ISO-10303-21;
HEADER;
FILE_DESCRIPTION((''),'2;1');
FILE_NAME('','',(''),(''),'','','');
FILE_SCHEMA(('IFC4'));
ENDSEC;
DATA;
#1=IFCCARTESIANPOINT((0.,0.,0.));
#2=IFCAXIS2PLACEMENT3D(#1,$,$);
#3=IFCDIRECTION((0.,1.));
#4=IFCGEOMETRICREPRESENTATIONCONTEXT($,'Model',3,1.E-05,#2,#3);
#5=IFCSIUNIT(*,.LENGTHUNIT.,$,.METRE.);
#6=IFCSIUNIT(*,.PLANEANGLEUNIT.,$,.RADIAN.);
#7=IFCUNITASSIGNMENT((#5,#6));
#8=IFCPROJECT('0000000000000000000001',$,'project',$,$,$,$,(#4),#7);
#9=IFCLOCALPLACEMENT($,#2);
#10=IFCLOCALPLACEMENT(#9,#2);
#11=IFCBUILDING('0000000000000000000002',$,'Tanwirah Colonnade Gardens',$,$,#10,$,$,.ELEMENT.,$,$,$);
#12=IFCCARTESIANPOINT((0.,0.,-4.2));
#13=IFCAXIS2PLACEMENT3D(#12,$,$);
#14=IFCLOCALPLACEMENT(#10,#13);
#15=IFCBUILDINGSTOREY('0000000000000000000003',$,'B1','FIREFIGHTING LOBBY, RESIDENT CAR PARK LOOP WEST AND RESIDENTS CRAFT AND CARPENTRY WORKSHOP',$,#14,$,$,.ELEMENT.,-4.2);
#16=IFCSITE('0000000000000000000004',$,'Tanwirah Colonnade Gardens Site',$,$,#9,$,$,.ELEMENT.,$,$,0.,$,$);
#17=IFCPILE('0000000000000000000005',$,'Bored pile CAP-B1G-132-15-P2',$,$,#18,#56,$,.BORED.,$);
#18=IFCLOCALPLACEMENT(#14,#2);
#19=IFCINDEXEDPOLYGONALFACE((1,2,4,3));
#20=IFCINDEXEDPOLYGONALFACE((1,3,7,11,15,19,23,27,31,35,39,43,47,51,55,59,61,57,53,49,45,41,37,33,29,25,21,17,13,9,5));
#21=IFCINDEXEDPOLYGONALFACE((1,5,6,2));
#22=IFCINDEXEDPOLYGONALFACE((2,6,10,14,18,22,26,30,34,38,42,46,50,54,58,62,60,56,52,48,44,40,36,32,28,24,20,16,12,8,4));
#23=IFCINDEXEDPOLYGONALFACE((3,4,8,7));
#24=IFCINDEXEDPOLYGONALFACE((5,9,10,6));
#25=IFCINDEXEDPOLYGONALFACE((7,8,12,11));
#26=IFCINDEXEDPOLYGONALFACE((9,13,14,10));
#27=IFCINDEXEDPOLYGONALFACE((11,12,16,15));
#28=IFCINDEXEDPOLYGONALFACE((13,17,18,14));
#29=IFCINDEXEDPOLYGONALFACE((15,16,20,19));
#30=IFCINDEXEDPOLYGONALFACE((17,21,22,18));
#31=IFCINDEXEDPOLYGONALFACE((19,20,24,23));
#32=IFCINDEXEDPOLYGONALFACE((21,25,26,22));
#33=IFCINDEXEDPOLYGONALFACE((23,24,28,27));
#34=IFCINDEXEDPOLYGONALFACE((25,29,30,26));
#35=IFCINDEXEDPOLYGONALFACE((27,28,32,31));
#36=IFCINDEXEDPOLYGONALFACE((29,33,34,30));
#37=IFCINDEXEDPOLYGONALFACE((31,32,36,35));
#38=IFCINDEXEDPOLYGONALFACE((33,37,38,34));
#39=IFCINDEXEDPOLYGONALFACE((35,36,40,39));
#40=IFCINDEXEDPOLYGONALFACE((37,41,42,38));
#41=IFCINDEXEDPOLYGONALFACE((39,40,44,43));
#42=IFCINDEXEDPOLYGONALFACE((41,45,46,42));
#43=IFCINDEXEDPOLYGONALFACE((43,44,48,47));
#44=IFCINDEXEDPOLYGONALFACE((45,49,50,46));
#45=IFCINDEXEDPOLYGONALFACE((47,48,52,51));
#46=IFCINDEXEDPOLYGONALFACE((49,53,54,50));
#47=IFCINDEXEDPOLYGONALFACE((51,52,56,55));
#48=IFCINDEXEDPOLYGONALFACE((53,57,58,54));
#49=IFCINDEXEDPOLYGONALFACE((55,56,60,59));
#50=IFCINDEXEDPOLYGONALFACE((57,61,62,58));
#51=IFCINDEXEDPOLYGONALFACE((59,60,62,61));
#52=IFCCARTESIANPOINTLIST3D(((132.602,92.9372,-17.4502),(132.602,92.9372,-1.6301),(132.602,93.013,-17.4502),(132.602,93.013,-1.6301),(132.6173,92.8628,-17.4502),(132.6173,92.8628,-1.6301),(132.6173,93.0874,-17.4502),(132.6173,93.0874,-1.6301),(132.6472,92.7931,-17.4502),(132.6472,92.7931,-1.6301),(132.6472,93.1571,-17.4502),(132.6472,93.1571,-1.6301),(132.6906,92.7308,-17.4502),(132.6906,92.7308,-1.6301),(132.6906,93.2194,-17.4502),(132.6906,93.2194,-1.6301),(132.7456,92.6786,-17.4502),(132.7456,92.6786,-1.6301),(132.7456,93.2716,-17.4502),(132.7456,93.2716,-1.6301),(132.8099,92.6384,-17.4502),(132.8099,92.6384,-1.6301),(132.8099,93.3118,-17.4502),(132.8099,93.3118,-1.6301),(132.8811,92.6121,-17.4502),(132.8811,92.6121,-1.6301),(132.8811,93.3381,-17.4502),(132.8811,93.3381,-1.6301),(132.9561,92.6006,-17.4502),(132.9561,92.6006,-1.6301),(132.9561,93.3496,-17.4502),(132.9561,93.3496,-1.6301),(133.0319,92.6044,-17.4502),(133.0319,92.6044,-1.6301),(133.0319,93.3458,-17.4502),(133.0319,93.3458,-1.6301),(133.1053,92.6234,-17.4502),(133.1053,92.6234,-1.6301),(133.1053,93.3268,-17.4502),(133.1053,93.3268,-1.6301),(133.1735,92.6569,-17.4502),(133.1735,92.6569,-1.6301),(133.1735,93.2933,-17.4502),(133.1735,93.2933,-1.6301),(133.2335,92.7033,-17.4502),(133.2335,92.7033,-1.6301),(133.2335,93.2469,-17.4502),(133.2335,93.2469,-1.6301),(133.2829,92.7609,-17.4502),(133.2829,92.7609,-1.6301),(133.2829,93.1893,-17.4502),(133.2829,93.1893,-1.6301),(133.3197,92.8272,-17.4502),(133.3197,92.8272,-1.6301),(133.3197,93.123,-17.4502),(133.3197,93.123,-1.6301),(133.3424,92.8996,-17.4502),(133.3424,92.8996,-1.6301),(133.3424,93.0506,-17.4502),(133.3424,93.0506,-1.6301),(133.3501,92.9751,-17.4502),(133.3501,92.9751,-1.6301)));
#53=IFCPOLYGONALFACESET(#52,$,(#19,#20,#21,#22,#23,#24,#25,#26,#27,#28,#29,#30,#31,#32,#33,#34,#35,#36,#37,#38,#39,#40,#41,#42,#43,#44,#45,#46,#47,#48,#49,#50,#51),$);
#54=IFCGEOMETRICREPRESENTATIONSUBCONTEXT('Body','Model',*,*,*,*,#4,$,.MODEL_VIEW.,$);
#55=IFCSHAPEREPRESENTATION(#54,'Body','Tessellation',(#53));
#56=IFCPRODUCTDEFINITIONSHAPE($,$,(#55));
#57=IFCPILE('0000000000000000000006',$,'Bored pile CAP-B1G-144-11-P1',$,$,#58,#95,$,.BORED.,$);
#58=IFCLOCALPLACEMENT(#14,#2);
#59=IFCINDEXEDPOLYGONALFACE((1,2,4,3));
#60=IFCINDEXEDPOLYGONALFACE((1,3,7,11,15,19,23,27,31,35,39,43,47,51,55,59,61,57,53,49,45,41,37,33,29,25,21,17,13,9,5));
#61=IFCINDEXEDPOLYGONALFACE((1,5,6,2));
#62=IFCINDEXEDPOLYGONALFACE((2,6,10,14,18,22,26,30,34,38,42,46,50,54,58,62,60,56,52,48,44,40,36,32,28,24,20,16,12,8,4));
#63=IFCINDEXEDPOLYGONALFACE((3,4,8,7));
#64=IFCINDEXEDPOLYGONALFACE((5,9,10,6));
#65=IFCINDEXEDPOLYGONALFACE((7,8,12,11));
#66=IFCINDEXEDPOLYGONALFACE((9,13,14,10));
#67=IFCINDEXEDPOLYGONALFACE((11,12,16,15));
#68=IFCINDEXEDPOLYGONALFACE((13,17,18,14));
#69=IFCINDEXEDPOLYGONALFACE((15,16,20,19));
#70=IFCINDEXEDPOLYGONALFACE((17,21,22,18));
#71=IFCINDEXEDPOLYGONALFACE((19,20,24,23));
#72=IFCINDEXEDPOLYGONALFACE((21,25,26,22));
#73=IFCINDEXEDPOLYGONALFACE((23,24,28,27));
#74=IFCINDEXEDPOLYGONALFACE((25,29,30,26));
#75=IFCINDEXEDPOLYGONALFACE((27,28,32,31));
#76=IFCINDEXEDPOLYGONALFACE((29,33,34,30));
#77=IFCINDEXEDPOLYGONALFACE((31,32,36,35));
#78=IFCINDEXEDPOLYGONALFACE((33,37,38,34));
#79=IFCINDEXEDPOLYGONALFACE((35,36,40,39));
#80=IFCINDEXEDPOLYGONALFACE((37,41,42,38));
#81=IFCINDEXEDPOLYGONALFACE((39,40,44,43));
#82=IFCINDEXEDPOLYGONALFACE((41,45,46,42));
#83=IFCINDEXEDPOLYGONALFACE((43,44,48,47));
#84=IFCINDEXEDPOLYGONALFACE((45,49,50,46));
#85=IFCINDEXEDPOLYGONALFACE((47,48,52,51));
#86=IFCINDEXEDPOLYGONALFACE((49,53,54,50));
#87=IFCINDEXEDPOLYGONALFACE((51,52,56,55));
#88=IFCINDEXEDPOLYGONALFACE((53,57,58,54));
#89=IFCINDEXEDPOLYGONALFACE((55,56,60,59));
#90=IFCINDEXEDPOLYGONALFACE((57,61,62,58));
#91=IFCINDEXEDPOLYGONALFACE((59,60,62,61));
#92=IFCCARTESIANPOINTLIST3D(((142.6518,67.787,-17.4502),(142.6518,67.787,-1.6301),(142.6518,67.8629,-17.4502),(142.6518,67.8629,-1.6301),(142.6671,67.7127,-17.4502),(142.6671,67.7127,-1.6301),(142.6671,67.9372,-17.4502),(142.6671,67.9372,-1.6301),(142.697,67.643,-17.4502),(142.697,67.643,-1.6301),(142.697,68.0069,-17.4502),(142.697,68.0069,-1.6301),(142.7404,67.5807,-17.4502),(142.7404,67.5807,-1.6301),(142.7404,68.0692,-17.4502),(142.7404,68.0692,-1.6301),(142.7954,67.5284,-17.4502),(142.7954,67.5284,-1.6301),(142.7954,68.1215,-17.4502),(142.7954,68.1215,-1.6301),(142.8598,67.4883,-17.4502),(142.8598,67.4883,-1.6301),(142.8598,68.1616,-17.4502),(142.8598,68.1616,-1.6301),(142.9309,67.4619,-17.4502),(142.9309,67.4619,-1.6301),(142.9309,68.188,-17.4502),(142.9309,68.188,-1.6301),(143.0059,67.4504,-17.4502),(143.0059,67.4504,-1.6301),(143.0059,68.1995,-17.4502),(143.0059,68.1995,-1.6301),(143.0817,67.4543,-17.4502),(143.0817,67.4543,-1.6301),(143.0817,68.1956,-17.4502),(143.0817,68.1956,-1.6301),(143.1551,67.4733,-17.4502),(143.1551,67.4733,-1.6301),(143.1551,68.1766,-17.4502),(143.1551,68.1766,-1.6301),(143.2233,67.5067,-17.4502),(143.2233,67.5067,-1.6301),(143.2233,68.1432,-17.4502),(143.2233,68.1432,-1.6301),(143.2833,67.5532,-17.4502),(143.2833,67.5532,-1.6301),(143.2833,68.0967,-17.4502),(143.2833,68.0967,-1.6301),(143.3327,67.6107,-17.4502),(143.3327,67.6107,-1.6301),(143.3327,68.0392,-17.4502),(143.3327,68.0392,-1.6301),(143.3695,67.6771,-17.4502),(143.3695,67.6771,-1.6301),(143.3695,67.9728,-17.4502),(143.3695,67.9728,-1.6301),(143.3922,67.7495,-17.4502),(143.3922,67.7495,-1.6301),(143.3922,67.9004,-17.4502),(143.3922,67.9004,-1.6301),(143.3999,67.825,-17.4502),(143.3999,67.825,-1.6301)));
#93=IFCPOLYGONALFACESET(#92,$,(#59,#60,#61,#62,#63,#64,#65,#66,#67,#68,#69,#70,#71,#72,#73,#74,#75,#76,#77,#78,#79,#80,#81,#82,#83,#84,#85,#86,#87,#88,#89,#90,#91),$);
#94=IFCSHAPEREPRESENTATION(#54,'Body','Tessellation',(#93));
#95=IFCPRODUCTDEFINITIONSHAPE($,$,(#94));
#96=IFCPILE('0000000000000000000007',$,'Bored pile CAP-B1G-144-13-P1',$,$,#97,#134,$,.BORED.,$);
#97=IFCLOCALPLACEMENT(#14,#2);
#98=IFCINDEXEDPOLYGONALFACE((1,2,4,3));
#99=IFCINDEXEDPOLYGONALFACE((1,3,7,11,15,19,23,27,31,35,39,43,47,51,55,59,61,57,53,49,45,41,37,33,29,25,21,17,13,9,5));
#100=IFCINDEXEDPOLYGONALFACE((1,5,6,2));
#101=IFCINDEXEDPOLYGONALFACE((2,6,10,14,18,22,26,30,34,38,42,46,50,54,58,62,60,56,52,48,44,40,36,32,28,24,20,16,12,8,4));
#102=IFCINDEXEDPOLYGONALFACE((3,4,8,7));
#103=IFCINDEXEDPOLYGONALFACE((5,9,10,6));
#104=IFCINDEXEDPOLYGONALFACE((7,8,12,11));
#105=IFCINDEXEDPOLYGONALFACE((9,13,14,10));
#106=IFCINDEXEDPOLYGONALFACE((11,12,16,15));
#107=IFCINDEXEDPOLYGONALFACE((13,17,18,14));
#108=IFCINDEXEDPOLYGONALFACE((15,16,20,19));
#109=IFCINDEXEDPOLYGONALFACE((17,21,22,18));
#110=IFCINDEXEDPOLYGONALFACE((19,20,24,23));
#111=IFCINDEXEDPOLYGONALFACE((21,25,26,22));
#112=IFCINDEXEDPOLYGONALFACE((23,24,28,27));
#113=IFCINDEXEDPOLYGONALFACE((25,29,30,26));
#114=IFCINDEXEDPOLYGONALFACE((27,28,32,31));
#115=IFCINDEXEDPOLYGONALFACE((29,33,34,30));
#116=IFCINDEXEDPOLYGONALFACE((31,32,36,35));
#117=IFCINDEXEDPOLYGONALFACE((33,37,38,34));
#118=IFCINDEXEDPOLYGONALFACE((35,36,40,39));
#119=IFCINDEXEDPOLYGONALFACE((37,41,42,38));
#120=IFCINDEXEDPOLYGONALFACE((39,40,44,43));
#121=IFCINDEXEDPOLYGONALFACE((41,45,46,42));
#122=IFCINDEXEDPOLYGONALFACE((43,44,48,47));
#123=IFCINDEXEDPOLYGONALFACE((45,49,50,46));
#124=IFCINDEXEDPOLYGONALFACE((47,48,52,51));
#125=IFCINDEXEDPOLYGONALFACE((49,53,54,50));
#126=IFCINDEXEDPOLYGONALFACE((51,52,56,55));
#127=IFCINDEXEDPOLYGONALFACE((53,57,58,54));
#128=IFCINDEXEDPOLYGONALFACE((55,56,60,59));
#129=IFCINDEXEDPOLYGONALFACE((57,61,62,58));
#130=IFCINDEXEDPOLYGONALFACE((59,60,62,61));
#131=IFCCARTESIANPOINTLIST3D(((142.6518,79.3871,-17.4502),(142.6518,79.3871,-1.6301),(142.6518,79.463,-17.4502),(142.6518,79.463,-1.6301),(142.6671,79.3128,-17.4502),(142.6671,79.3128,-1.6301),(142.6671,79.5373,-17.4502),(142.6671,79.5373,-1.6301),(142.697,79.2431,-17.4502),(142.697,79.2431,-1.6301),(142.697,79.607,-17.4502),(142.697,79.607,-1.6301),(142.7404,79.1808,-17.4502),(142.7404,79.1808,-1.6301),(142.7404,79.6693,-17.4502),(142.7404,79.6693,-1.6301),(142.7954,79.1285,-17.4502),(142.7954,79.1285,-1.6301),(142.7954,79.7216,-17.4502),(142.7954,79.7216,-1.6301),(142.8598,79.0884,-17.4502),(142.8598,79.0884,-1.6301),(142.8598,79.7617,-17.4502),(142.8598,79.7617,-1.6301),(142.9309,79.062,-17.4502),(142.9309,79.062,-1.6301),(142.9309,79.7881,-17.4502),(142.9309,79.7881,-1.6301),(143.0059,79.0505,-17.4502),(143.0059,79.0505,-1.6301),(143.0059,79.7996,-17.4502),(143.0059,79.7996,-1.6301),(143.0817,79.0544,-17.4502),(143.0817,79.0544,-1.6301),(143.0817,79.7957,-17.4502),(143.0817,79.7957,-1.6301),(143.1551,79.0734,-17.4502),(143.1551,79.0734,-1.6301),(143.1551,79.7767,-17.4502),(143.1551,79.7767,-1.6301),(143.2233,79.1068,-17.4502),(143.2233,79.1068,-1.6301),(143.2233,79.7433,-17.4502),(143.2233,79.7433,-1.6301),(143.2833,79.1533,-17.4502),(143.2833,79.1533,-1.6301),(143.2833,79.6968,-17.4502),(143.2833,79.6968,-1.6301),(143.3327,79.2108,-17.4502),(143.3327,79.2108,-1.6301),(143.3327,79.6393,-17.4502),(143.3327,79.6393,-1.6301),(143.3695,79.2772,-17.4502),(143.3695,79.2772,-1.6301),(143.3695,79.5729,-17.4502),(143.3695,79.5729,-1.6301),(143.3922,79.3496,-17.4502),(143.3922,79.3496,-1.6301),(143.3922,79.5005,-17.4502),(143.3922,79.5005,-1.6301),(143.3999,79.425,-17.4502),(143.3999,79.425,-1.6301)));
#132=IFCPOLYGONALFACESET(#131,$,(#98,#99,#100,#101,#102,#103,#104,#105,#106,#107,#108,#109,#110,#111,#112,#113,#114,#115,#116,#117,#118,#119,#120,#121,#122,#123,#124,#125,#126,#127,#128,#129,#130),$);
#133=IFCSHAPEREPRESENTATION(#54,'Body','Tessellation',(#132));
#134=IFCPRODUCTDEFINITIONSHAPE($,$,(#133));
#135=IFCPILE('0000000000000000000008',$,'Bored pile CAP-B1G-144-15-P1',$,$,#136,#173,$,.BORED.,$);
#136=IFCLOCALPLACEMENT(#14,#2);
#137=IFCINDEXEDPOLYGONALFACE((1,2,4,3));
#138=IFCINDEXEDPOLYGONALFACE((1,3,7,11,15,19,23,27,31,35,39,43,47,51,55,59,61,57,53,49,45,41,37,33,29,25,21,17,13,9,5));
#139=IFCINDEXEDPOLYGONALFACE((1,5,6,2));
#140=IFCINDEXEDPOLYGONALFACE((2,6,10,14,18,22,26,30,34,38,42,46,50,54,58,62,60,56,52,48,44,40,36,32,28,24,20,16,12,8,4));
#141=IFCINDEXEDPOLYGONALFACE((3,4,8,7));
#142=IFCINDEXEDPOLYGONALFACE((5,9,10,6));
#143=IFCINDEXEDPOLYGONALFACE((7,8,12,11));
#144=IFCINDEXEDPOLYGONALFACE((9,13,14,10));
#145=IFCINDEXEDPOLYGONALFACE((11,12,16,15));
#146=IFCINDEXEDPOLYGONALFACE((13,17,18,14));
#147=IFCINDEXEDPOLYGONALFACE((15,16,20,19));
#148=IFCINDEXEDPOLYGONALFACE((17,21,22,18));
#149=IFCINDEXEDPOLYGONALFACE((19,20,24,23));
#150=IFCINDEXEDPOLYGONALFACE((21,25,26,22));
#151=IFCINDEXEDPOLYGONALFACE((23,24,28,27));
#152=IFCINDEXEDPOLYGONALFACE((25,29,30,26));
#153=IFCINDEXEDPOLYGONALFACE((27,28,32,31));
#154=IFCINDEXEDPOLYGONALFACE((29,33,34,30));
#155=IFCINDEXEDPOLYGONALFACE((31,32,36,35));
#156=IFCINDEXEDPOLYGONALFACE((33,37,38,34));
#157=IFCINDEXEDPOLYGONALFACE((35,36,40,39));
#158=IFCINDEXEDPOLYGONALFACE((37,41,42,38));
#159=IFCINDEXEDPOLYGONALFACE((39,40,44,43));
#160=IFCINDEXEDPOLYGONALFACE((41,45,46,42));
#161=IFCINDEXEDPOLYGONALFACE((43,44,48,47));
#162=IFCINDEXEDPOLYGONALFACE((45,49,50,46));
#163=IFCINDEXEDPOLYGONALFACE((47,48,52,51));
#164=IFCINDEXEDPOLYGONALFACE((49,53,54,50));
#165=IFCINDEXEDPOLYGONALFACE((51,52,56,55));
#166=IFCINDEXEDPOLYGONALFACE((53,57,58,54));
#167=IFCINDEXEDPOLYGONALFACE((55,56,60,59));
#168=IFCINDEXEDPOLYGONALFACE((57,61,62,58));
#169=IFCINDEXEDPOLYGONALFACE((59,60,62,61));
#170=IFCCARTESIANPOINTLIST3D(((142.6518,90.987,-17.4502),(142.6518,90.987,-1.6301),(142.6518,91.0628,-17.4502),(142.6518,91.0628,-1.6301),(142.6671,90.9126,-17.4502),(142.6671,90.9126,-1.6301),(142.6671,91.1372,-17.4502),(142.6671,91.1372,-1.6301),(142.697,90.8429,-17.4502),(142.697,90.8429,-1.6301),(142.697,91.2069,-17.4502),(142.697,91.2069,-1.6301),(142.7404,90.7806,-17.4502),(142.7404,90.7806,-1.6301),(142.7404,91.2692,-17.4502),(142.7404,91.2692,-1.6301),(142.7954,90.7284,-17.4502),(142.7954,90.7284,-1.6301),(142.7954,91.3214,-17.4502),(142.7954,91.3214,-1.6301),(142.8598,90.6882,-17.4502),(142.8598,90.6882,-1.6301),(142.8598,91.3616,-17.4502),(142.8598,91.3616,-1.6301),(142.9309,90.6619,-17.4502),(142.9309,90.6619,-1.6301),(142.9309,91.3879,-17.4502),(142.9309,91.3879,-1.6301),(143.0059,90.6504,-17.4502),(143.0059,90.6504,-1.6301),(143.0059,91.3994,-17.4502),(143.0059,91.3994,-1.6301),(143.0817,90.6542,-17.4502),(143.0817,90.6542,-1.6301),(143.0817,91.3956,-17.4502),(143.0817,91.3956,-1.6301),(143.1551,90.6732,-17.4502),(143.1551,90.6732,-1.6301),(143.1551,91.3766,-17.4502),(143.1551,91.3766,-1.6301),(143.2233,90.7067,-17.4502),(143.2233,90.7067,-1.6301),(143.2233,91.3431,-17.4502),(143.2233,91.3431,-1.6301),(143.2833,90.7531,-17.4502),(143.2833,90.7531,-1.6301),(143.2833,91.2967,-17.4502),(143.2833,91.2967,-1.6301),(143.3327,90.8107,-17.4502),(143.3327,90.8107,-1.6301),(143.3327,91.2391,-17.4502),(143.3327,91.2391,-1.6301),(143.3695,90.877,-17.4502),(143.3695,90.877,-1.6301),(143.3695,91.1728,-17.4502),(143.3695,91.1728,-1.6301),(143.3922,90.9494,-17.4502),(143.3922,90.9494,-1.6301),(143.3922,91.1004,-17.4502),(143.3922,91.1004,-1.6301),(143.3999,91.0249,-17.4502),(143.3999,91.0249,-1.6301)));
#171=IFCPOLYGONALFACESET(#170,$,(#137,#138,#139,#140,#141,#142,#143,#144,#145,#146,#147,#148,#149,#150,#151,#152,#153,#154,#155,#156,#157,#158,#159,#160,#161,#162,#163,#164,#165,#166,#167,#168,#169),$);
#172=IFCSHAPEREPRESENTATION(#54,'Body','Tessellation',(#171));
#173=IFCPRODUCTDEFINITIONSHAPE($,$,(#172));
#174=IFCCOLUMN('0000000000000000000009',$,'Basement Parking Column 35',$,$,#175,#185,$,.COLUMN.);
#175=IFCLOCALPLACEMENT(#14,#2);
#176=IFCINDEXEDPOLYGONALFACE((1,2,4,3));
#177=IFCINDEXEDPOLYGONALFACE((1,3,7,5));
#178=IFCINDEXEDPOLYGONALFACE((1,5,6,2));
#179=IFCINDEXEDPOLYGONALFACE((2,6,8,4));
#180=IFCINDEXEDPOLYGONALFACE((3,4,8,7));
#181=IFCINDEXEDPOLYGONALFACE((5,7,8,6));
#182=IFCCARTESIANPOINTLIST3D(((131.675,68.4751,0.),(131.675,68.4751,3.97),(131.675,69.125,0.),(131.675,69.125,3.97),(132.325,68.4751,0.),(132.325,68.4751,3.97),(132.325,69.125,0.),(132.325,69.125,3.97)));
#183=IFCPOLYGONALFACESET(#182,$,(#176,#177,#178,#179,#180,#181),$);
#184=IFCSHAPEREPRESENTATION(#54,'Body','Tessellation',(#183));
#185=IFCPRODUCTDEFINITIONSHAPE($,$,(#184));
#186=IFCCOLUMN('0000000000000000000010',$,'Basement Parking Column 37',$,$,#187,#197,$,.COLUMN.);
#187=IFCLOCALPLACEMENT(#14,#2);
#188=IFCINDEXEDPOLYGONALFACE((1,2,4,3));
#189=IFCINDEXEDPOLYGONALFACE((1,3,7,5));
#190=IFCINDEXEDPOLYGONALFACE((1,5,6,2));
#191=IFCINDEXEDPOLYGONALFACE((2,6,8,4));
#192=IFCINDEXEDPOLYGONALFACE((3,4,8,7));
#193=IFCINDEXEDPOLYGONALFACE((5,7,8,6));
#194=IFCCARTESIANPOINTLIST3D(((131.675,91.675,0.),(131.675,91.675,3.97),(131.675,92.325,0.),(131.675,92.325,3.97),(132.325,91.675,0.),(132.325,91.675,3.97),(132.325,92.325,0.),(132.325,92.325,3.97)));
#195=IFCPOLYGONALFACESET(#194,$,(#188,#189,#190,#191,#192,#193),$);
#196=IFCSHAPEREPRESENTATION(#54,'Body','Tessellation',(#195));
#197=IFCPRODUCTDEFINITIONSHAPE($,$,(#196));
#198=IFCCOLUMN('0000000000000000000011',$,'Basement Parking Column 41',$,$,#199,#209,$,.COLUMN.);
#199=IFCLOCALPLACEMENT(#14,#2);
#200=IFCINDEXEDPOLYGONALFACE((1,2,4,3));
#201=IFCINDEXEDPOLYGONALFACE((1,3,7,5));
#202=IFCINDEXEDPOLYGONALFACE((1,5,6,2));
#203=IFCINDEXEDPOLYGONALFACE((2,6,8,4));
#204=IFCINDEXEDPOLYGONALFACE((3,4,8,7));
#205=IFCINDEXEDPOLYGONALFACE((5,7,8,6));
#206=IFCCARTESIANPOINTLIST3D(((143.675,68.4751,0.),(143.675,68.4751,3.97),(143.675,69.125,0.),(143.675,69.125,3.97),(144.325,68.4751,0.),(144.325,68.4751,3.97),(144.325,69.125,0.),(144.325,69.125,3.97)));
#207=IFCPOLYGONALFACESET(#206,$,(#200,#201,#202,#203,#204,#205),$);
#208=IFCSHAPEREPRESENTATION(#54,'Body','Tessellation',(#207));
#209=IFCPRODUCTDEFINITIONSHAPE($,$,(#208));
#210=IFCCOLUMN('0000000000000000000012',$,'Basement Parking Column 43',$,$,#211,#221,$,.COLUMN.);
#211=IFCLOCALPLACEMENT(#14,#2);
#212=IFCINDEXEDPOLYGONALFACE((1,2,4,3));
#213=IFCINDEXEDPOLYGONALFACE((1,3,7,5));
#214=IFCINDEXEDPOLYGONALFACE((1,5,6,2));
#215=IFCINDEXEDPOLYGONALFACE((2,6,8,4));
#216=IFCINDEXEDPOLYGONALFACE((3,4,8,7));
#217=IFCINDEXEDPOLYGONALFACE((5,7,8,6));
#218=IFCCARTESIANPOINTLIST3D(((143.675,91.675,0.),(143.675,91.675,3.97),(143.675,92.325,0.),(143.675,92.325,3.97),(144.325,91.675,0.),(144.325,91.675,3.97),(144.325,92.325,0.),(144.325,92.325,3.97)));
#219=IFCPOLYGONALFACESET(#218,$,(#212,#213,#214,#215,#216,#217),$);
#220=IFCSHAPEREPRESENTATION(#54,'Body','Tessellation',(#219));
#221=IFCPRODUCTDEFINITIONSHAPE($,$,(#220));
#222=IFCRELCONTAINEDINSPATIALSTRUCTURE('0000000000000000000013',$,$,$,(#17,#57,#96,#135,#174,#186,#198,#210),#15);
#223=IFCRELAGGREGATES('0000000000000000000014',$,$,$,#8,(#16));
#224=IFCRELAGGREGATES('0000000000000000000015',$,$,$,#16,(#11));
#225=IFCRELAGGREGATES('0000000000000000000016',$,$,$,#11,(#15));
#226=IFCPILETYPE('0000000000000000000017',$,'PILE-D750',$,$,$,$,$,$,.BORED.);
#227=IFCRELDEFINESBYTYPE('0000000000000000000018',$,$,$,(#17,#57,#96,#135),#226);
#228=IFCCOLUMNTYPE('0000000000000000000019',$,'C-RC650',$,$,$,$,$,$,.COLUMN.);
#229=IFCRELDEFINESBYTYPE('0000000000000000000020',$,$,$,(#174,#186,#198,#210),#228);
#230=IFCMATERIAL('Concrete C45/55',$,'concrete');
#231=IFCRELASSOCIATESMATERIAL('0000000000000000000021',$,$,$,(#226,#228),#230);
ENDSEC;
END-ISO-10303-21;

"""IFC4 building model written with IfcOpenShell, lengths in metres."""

from ifc_helpers import new_model, si_unit, direction, frame, origin, origin_2d, place, context, subcontext, project, spatial, rectangle, circle, extrude, material, material_profile, profile_set, type_object, element, save


model = new_model("IFC4")

# Units and contexts
model_context = context("Model", 3, precision=1e-05, world=origin(), true_north=direction((0.0, 1.0)))
body_context = subcontext(model_context, "Body", "Model", "MODEL_VIEW")
ifc_project = project(units=[si_unit("LENGTHUNIT", "METRE"), si_unit("PLANEANGLEUNIT", "RADIAN")], contexts=[model_context])

# Site, building, storey
site_placement = place(None, origin())
site = spatial("IfcSite", under=ifc_project, at=site_placement, Name="Tanwirah Colonnade Gardens Site", CompositionType="ELEMENT", RefElevation=0.0)
building_placement = place(site_placement, origin())
building = spatial("IfcBuilding", under=site, at=building_placement, Name="Tanwirah Colonnade Gardens", CompositionType="ELEMENT")
storey_placement = place(building_placement, frame((0.0, 0.0, -4.2)))
storey = spatial("IfcBuildingStorey", under=building, at=storey_placement, Name="B1", Description="FIREFIGHTING LOBBY, RESIDENT CAR PARK LOOP WEST AND RESIDENTS CRAFT AND CARPENTRY WORKSHOP", CompositionType="ELEMENT", Elevation=-4.2)

# Shared definitions
ifc_material_1 = material(Name="Concrete C45/55", Category="concrete")

# Piles
ifc_material_profile_1 = material_profile(ifc_material_1, circle(Radius=0.375, at=origin_2d()), Name="PILE D750")
ifc_profile_set_1 = profile_set([ifc_material_profile_1], Name="Concrete C45/55")
pile_type_1 = type_object("IfcPileType", Name="PILE-D750", PredefinedType="BORED", material=ifc_profile_set_1)
for number, where, z_axis, x_axis, name in (
    (1, (132.9751, 92.9751, -1.6301), (0.0, 0.0, -1.0), (1.0, 0.0, 0.0), "Bored pile CAP-B1G-132-15-P2"),
    (2, (143.0249, 67.825, -1.6301), (0.0, 0.0, -1.0), (1.0, 0.0, 0.0), "Bored pile CAP-B1G-144-11-P1"),
    (3, (143.0249, 79.425, -1.6301), (0.0, 0.0, -1.0), (1.0, 0.0, 0.0), "Bored pile CAP-B1G-144-13-P1"),
    (4, (143.0249, 91.0249, -1.6301), (0.0, 0.0, -1.0), (1.0, 0.0, 0.0), "Bored pile CAP-B1G-144-15-P1"),
):
    element("IfcPile", number, at=place(storey_placement, frame(where, z_axis=z_axis, x_axis=x_axis)), inside=storey, type_object=pile_type_1, Name=name, PredefinedType="BORED", context=body_context, shape_type="SweptSolid", body=[
        extrude(circle(Radius=0.375, at=origin_2d()), origin(), (0.0, 0.0, 1.0), 15.8201),
    ])

# Columns
ifc_material_profile_2 = material_profile(ifc_material_1, rectangle(XDim=0.6499, YDim=0.6499, at=origin_2d()), Name="RC-COL 650x650")
ifc_profile_set_2 = profile_set([ifc_material_profile_2], Name="Concrete C45/55")
column_type_1 = type_object("IfcColumnType", Name="C-RC650", PredefinedType="COLUMN", material=ifc_profile_set_2)
for number, where, z_axis, x_axis, name in (
    (5, (132.0, 68.8, 0.0), (0.0, 0.0, 1.0), (1.0, 0.0, 0.0), "Basement Parking Column 35"),
    (6, (132.0, 92.0, 0.0), (0.0, 0.0, 1.0), (1.0, 0.0, 0.0), "Basement Parking Column 37"),
    (7, (144.0, 68.8, 0.0), (0.0, 0.0, 1.0), (1.0, 0.0, 0.0), "Basement Parking Column 41"),
    (8, (144.0, 92.0, 0.0), (0.0, 0.0, 1.0), (1.0, 0.0, 0.0), "Basement Parking Column 43"),
):
    element("IfcColumn", number, at=place(storey_placement, frame(where, z_axis=z_axis, x_axis=x_axis)), inside=storey, type_object=column_type_1, Name=name, PredefinedType="COLUMN", context=body_context, shape_type="SweptSolid", body=[
        extrude(rectangle(XDim=0.6499, YDim=0.6499, at=origin_2d()), origin(), (0.0, 0.0, 1.0), 3.97),
    ])

save(model, "model.ifc")
